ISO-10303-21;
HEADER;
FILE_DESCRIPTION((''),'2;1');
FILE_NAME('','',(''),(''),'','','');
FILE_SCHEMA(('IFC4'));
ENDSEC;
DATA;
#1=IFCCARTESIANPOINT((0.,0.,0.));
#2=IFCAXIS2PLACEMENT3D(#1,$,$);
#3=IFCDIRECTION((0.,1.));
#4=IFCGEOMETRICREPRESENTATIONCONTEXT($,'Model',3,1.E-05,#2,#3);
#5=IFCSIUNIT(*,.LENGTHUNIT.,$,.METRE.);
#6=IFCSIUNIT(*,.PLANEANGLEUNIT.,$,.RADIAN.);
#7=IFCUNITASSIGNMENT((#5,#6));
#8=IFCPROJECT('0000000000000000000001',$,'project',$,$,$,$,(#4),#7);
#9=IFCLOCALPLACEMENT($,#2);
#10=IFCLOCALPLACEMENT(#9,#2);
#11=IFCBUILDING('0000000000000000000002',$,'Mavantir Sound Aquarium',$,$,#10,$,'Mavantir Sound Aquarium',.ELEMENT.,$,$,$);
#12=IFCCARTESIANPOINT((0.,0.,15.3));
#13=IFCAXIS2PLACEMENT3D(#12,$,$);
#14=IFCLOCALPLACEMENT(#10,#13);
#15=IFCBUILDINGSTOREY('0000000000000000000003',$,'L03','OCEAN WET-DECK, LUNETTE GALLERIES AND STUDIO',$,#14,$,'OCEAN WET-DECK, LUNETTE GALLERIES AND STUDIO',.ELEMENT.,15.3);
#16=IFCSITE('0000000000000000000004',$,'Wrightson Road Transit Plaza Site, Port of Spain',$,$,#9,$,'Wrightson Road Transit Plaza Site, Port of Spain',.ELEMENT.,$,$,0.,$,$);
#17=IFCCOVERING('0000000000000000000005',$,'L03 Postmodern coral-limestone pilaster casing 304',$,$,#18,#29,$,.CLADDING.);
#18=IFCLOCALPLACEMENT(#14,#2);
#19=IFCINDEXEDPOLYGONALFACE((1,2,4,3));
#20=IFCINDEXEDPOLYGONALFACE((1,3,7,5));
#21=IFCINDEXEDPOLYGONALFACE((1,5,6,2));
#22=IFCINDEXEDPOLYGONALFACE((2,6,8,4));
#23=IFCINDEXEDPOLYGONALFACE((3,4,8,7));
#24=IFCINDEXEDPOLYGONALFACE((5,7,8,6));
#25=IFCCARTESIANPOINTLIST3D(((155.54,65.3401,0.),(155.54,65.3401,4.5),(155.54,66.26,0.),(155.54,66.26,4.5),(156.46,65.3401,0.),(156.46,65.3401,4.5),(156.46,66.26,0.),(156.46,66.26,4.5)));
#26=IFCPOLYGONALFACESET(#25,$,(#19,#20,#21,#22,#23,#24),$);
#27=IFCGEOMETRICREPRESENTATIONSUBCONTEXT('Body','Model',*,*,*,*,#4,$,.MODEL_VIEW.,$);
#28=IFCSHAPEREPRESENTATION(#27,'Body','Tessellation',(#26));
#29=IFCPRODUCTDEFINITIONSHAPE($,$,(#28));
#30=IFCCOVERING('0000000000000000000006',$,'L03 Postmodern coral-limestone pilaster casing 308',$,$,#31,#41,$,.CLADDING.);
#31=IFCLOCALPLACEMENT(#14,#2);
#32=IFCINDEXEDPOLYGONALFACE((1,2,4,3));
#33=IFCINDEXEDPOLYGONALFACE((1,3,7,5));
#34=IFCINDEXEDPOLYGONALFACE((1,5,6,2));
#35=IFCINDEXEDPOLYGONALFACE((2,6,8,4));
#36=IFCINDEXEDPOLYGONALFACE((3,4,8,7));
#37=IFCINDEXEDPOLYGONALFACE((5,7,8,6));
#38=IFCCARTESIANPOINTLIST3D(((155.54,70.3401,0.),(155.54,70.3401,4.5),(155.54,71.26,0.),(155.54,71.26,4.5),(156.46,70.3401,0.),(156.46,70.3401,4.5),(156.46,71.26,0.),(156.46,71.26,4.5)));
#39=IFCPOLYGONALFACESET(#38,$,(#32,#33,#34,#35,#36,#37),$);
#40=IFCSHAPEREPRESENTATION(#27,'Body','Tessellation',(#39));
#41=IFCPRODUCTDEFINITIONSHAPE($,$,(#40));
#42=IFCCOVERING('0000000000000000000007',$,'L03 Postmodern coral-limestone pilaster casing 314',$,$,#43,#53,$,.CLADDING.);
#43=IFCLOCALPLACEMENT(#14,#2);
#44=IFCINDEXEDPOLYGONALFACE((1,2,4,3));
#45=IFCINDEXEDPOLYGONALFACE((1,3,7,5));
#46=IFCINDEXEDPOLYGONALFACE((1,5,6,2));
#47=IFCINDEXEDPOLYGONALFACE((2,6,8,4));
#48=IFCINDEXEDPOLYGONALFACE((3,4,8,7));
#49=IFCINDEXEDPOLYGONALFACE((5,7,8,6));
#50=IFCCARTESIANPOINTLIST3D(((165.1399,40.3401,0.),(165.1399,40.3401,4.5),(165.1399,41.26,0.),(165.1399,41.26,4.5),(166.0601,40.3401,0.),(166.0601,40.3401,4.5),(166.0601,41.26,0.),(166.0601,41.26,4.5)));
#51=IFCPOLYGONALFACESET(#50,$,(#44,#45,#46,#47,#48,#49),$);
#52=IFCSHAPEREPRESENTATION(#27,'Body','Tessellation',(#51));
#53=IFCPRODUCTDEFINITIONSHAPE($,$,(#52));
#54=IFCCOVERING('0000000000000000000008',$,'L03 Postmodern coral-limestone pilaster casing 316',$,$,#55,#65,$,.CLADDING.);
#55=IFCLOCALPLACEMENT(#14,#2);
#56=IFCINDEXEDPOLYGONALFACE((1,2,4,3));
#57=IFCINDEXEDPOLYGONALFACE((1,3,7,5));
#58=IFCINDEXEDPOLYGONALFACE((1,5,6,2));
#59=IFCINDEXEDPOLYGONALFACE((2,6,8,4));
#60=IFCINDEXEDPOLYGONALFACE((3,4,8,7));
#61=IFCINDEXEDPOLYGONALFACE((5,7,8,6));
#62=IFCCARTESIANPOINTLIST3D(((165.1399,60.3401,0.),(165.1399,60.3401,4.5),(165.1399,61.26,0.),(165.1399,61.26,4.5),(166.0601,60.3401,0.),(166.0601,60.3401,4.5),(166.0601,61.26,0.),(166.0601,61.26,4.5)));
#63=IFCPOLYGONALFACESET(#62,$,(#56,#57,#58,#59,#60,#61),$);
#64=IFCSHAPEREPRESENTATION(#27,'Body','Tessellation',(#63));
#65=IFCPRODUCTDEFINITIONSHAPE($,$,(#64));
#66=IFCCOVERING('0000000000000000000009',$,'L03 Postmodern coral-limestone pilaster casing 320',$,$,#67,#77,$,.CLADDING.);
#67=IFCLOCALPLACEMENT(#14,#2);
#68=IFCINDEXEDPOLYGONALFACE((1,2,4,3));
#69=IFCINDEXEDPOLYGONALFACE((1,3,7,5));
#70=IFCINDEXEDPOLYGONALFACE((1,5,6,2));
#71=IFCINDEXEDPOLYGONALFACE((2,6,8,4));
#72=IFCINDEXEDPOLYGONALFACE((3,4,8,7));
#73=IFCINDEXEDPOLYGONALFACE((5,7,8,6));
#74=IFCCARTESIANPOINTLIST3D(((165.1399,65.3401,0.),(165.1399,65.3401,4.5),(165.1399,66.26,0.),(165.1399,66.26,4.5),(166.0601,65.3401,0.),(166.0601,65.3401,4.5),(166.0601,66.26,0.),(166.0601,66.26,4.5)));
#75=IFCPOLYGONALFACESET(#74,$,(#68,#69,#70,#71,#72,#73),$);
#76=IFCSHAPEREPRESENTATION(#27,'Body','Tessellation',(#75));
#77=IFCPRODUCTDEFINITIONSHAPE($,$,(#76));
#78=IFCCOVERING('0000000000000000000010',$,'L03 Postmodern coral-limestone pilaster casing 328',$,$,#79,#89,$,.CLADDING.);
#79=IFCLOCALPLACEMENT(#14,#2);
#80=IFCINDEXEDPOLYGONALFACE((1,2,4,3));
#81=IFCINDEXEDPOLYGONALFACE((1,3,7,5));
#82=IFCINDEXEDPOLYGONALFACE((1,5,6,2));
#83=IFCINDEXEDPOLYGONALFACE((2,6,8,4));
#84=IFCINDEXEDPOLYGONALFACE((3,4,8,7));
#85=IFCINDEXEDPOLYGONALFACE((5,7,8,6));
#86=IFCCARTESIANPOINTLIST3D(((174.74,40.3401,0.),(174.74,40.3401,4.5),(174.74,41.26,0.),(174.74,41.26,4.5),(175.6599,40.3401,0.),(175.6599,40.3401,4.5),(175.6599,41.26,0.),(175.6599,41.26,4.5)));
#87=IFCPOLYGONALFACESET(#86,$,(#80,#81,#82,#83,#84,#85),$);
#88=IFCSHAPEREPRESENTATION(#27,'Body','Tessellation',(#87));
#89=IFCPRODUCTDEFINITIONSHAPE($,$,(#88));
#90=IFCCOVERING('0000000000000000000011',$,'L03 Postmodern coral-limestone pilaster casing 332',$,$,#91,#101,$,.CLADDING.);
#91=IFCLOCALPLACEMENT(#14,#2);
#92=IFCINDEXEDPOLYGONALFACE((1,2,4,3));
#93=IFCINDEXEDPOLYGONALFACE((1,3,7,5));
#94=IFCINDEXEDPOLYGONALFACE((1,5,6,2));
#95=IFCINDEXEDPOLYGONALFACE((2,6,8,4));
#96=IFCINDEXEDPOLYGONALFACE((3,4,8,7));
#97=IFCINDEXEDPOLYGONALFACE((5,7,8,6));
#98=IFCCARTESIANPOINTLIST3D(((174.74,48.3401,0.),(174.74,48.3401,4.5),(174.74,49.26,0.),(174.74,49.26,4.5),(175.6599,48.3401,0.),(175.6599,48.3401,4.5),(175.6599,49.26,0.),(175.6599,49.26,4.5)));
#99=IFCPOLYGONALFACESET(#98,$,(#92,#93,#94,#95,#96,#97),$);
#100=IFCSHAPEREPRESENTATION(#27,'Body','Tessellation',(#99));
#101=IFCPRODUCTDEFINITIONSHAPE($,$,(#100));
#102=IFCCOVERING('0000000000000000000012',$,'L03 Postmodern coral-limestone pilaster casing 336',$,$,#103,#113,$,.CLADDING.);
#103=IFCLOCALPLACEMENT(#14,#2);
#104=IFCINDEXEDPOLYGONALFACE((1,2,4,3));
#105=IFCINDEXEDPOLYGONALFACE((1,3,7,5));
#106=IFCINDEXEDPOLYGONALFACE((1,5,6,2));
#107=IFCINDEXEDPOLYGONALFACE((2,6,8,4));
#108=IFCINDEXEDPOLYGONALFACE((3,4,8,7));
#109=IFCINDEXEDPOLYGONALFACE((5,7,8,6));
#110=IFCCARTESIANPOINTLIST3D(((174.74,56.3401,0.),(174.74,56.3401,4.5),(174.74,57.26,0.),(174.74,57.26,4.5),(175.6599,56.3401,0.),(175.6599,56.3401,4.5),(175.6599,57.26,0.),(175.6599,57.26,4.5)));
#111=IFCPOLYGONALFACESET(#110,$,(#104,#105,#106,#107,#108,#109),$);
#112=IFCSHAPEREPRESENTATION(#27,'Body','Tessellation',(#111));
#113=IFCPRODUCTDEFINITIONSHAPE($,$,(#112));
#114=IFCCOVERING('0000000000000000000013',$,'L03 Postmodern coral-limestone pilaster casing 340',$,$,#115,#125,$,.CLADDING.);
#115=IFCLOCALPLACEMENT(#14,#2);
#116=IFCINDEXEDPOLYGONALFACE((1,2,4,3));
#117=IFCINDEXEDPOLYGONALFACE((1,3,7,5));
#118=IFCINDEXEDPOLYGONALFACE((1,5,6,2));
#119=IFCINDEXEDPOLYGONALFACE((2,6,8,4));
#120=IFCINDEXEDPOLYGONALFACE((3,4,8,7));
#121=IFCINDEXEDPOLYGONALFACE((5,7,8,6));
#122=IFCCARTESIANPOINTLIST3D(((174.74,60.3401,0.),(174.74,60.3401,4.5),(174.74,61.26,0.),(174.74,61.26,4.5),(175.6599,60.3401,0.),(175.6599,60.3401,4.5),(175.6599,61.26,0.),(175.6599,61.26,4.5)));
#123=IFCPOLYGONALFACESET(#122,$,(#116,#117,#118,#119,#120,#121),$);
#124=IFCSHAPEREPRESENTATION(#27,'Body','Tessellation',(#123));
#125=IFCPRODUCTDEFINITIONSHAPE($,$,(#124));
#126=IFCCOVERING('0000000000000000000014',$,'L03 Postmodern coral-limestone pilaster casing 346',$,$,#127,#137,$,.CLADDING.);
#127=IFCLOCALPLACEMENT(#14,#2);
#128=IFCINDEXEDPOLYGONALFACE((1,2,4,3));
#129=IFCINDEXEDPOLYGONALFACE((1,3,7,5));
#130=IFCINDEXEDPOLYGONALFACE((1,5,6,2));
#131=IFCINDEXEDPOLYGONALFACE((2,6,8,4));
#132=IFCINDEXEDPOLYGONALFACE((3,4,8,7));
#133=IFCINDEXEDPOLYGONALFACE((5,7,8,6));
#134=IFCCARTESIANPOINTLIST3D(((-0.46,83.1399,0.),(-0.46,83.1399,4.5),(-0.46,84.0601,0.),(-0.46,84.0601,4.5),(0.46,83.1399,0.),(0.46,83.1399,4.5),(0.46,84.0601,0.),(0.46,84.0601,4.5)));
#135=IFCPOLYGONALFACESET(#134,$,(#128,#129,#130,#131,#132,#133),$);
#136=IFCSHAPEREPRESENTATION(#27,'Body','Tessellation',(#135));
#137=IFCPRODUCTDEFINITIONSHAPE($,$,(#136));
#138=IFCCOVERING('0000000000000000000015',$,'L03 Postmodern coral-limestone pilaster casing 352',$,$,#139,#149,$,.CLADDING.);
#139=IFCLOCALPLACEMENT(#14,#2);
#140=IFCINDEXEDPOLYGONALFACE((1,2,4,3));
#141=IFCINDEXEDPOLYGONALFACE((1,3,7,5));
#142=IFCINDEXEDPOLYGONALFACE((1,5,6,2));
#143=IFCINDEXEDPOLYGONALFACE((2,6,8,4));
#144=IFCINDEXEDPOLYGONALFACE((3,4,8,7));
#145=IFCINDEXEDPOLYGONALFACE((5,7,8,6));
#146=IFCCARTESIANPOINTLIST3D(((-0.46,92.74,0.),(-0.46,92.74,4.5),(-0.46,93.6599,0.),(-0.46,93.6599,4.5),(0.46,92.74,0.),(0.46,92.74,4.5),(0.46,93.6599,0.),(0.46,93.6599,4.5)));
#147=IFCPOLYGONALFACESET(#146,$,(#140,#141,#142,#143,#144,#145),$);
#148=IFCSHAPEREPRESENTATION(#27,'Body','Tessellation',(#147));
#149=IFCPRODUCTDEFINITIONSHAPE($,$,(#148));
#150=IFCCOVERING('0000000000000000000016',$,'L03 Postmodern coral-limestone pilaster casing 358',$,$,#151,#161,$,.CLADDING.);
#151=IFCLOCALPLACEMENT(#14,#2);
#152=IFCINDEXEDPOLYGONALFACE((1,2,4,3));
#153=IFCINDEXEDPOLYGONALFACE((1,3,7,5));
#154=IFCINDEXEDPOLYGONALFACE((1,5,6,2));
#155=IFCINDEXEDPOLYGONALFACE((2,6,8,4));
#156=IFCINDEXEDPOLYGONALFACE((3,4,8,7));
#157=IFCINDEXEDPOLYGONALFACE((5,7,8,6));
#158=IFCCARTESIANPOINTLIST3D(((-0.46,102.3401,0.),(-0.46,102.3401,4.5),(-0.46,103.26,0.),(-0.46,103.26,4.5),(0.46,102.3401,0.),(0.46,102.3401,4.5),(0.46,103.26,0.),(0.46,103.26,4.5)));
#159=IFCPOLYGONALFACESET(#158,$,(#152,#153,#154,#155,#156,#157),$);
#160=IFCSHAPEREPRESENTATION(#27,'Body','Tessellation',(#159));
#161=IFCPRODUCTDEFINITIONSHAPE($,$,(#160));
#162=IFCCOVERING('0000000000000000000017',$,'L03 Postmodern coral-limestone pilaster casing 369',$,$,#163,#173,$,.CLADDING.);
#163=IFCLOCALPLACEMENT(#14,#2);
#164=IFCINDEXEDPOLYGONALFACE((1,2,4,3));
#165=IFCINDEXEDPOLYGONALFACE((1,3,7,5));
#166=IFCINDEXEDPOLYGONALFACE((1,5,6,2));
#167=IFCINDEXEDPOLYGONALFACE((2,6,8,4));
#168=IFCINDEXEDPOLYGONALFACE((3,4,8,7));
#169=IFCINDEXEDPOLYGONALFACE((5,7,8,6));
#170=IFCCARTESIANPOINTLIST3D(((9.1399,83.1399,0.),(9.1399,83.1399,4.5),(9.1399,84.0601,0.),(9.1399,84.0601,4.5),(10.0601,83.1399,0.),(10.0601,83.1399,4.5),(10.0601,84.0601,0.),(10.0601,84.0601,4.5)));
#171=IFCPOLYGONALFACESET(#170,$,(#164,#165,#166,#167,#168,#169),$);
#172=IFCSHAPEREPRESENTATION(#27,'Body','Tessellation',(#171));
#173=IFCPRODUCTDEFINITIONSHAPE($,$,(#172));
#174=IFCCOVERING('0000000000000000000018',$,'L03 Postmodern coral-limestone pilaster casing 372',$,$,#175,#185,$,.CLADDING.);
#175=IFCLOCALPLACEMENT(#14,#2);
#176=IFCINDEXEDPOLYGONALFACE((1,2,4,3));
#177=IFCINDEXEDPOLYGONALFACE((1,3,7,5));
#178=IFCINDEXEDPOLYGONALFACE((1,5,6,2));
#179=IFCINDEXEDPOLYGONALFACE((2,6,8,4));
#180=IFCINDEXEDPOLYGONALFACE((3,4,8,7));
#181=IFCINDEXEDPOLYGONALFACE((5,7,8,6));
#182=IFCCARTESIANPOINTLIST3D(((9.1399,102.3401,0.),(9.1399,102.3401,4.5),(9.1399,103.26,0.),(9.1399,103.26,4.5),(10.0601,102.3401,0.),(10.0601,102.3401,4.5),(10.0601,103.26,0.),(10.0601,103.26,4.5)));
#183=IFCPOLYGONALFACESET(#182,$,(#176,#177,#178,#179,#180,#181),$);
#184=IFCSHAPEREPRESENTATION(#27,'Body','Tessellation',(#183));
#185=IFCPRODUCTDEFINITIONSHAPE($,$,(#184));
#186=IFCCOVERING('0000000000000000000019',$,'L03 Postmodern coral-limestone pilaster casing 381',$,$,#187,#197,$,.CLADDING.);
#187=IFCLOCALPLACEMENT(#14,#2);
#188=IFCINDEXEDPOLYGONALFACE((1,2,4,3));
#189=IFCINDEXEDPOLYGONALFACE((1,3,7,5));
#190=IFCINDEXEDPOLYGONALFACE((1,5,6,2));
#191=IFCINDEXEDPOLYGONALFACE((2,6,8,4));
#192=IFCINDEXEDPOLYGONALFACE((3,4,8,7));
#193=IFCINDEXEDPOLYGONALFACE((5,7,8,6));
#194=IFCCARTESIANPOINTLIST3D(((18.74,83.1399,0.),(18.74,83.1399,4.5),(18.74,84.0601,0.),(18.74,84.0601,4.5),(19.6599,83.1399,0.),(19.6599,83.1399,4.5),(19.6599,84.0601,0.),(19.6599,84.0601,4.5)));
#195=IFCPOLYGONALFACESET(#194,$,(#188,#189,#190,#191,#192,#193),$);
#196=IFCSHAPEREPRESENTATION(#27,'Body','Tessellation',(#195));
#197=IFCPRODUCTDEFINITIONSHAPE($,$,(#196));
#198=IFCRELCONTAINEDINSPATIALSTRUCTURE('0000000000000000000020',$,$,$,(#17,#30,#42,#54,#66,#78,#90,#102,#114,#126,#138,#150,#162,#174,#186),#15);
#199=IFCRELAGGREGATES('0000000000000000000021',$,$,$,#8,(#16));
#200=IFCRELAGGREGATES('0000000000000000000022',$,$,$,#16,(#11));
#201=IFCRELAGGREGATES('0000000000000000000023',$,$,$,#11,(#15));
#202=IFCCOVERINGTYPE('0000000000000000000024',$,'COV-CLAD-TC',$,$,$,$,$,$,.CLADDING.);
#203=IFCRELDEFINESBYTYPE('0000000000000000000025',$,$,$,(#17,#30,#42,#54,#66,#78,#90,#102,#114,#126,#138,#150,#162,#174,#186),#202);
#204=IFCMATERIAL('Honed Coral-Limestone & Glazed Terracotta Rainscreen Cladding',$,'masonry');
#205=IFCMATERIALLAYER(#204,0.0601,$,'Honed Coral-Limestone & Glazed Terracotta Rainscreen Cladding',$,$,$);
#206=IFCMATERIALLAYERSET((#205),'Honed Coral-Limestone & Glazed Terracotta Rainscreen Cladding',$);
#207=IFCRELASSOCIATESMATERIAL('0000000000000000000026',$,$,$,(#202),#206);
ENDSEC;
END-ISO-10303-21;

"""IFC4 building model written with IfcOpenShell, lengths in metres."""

from ifc_helpers import new_model, si_unit, direction, frame, origin, place, context, subcontext, project, spatial, polyline, outline, extrude, material, layer, layer_set, type_object, element, save


model = new_model("IFC4")

# Units and contexts
model_context = context("Model", 3, precision=1e-05, world=origin(), true_north=direction((0.0, 1.0)))
body_context = subcontext(model_context, "Body", "Model", "MODEL_VIEW")
ifc_project = project(units=[si_unit("LENGTHUNIT", "METRE"), si_unit("PLANEANGLEUNIT", "RADIAN")], contexts=[model_context])

# Site, building, storey
site_placement = place(None, origin())
site = spatial("IfcSite", under=ifc_project, at=site_placement, Name="Wrightson Road Transit Plaza Site, Port of Spain", LongName="Wrightson Road Transit Plaza Site, Port of Spain", CompositionType="ELEMENT", RefElevation=0.0)
building_placement = place(site_placement, origin())
building = spatial("IfcBuilding", under=site, at=building_placement, Name="Mavantir Sound Aquarium", LongName="Mavantir Sound Aquarium", CompositionType="ELEMENT")
storey_placement = place(building_placement, frame((0.0, 0.0, 15.3)))
storey = spatial("IfcBuildingStorey", under=building, at=storey_placement, Name="L03", Description="OCEAN WET-DECK, LUNETTE GALLERIES AND STUDIO", LongName="OCEAN WET-DECK, LUNETTE GALLERIES AND STUDIO", CompositionType="ELEMENT", Elevation=15.3)

# Coverings
ifc_material = material(Name="Honed Coral-Limestone & Glazed Terracotta Rainscreen Cladding", Category="masonry")
ifc_layer = layer(ifc_material, 0.0601, Name="Honed Coral-Limestone & Glazed Terracotta Rainscreen Cladding")
ifc_layer_set = layer_set([ifc_layer], Name="Honed Coral-Limestone & Glazed Terracotta Rainscreen Cladding")
covering_type = type_object("IfcCoveringType", Name="COV-CLAD-TC", PredefinedType="CLADDING", material=ifc_layer_set)
covering_1_placement = place(storey_placement, origin())
element("IfcCovering", 1, at=covering_1_placement, inside=storey, type_object=covering_type, Name="L03 Postmodern coral-limestone pilaster casing 304", PredefinedType="CLADDING", context=body_context, shape_type="SweptSolid", body=[
    extrude(outline(polyline([(155.54, 65.3401), (156.46, 65.3401), (156.46, 66.26), (155.54, 66.26), (155.54, 65.3401)])), origin(), (0.0, 0.0, 1.0), 4.5),
])
covering_2_placement = place(storey_placement, origin())
element("IfcCovering", 2, at=covering_2_placement, inside=storey, type_object=covering_type, Name="L03 Postmodern coral-limestone pilaster casing 308", PredefinedType="CLADDING", context=body_context, shape_type="SweptSolid", body=[
    extrude(outline(polyline([(155.54, 70.3401), (156.46, 70.3401), (156.46, 71.26), (155.54, 71.26), (155.54, 70.3401)])), origin(), (0.0, 0.0, 1.0), 4.5),
])
covering_3_placement = place(storey_placement, origin())
element("IfcCovering", 3, at=covering_3_placement, inside=storey, type_object=covering_type, Name="L03 Postmodern coral-limestone pilaster casing 314", PredefinedType="CLADDING", context=body_context, shape_type="SweptSolid", body=[
    extrude(outline(polyline([(165.1399, 40.3401), (166.0601, 40.3401), (166.0601, 41.26), (165.1399, 41.26), (165.1399, 40.3401)])), origin(), (0.0, 0.0, 1.0), 4.5),
])
covering_4_placement = place(storey_placement, origin())
element("IfcCovering", 4, at=covering_4_placement, inside=storey, type_object=covering_type, Name="L03 Postmodern coral-limestone pilaster casing 316", PredefinedType="CLADDING", context=body_context, shape_type="SweptSolid", body=[
    extrude(outline(polyline([(165.1399, 60.3401), (166.0601, 60.3401), (166.0601, 61.26), (165.1399, 61.26), (165.1399, 60.3401)])), origin(), (0.0, 0.0, 1.0), 4.5),
])
covering_5_placement = place(storey_placement, origin())
element("IfcCovering", 5, at=covering_5_placement, inside=storey, type_object=covering_type, Name="L03 Postmodern coral-limestone pilaster casing 320", PredefinedType="CLADDING", context=body_context, shape_type="SweptSolid", body=[
    extrude(outline(polyline([(165.1399, 65.3401), (166.0601, 65.3401), (166.0601, 66.26), (165.1399, 66.26), (165.1399, 65.3401)])), origin(), (0.0, 0.0, 1.0), 4.5),
])
covering_6_placement = place(storey_placement, origin())
element("IfcCovering", 6, at=covering_6_placement, inside=storey, type_object=covering_type, Name="L03 Postmodern coral-limestone pilaster casing 328", PredefinedType="CLADDING", context=body_context, shape_type="SweptSolid", body=[
    extrude(outline(polyline([(174.74, 40.3401), (175.6599, 40.3401), (175.6599, 41.26), (174.74, 41.26), (174.74, 40.3401)])), origin(), (0.0, 0.0, 1.0), 4.5),
])
covering_7_placement = place(storey_placement, origin())
element("IfcCovering", 7, at=covering_7_placement, inside=storey, type_object=covering_type, Name="L03 Postmodern coral-limestone pilaster casing 332", PredefinedType="CLADDING", context=body_context, shape_type="SweptSolid", body=[
    extrude(outline(polyline([(174.74, 48.3401), (175.6599, 48.3401), (175.6599, 49.26), (174.74, 49.26), (174.74, 48.3401)])), origin(), (0.0, 0.0, 1.0), 4.5),
])
covering_8_placement = place(storey_placement, origin())
element("IfcCovering", 8, at=covering_8_placement, inside=storey, type_object=covering_type, Name="L03 Postmodern coral-limestone pilaster casing 336", PredefinedType="CLADDING", context=body_context, shape_type="SweptSolid", body=[
    extrude(outline(polyline([(174.74, 56.3401), (175.6599, 56.3401), (175.6599, 57.26), (174.74, 57.26), (174.74, 56.3401)])), origin(), (0.0, 0.0, 1.0), 4.5),
])
covering_9_placement = place(storey_placement, origin())
element("IfcCovering", 9, at=covering_9_placement, inside=storey, type_object=covering_type, Name="L03 Postmodern coral-limestone pilaster casing 340", PredefinedType="CLADDING", context=body_context, shape_type="SweptSolid", body=[
    extrude(outline(polyline([(174.74, 60.3401), (175.6599, 60.3401), (175.6599, 61.26), (174.74, 61.26), (174.74, 60.3401)])), origin(), (0.0, 0.0, 1.0), 4.5),
])
covering_10_placement = place(storey_placement, origin())
element("IfcCovering", 10, at=covering_10_placement, inside=storey, type_object=covering_type, Name="L03 Postmodern coral-limestone pilaster casing 346", PredefinedType="CLADDING", context=body_context, shape_type="SweptSolid", body=[
    extrude(outline(polyline([(-0.46, 83.1399), (0.46, 83.1399), (0.46, 84.0601), (-0.46, 84.0601), (-0.46, 83.1399)])), origin(), (0.0, 0.0, 1.0), 4.5),
])
covering_11_placement = place(storey_placement, origin())
element("IfcCovering", 11, at=covering_11_placement, inside=storey, type_object=covering_type, Name="L03 Postmodern coral-limestone pilaster casing 352", PredefinedType="CLADDING", context=body_context, shape_type="SweptSolid", body=[
    extrude(outline(polyline([(-0.46, 92.74), (0.46, 92.74), (0.46, 93.6599), (-0.46, 93.6599), (-0.46, 92.74)])), origin(), (0.0, 0.0, 1.0), 4.5),
])
covering_12_placement = place(storey_placement, origin())
element("IfcCovering", 12, at=covering_12_placement, inside=storey, type_object=covering_type, Name="L03 Postmodern coral-limestone pilaster casing 358", PredefinedType="CLADDING", context=body_context, shape_type="SweptSolid", body=[
    extrude(outline(polyline([(-0.46, 102.3401), (0.46, 102.3401), (0.46, 103.26), (-0.46, 103.26), (-0.46, 102.3401)])), origin(), (0.0, 0.0, 1.0), 4.5),
])
covering_13_placement = place(storey_placement, origin())
element("IfcCovering", 13, at=covering_13_placement, inside=storey, type_object=covering_type, Name="L03 Postmodern coral-limestone pilaster casing 369", PredefinedType="CLADDING", context=body_context, shape_type="SweptSolid", body=[
    extrude(outline(polyline([(9.1399, 83.1399), (10.0601, 83.1399), (10.0601, 84.0601), (9.1399, 84.0601), (9.1399, 83.1399)])), origin(), (0.0, 0.0, 1.0), 4.5),
])
covering_14_placement = place(storey_placement, origin())
element("IfcCovering", 14, at=covering_14_placement, inside=storey, type_object=covering_type, Name="L03 Postmodern coral-limestone pilaster casing 372", PredefinedType="CLADDING", context=body_context, shape_type="SweptSolid", body=[
    extrude(outline(polyline([(9.1399, 102.3401), (10.0601, 102.3401), (10.0601, 103.26), (9.1399, 103.26), (9.1399, 102.3401)])), origin(), (0.0, 0.0, 1.0), 4.5),
])
covering_15_placement = place(storey_placement, origin())
element("IfcCovering", 15, at=covering_15_placement, inside=storey, type_object=covering_type, Name="L03 Postmodern coral-limestone pilaster casing 381", PredefinedType="CLADDING", context=body_context, shape_type="SweptSolid", body=[
    extrude(outline(polyline([(18.74, 83.1399), (19.6599, 83.1399), (19.6599, 84.0601), (18.74, 84.0601), (18.74, 83.1399)])), origin(), (0.0, 0.0, 1.0), 4.5),
])

save(model, "model.ifc")
